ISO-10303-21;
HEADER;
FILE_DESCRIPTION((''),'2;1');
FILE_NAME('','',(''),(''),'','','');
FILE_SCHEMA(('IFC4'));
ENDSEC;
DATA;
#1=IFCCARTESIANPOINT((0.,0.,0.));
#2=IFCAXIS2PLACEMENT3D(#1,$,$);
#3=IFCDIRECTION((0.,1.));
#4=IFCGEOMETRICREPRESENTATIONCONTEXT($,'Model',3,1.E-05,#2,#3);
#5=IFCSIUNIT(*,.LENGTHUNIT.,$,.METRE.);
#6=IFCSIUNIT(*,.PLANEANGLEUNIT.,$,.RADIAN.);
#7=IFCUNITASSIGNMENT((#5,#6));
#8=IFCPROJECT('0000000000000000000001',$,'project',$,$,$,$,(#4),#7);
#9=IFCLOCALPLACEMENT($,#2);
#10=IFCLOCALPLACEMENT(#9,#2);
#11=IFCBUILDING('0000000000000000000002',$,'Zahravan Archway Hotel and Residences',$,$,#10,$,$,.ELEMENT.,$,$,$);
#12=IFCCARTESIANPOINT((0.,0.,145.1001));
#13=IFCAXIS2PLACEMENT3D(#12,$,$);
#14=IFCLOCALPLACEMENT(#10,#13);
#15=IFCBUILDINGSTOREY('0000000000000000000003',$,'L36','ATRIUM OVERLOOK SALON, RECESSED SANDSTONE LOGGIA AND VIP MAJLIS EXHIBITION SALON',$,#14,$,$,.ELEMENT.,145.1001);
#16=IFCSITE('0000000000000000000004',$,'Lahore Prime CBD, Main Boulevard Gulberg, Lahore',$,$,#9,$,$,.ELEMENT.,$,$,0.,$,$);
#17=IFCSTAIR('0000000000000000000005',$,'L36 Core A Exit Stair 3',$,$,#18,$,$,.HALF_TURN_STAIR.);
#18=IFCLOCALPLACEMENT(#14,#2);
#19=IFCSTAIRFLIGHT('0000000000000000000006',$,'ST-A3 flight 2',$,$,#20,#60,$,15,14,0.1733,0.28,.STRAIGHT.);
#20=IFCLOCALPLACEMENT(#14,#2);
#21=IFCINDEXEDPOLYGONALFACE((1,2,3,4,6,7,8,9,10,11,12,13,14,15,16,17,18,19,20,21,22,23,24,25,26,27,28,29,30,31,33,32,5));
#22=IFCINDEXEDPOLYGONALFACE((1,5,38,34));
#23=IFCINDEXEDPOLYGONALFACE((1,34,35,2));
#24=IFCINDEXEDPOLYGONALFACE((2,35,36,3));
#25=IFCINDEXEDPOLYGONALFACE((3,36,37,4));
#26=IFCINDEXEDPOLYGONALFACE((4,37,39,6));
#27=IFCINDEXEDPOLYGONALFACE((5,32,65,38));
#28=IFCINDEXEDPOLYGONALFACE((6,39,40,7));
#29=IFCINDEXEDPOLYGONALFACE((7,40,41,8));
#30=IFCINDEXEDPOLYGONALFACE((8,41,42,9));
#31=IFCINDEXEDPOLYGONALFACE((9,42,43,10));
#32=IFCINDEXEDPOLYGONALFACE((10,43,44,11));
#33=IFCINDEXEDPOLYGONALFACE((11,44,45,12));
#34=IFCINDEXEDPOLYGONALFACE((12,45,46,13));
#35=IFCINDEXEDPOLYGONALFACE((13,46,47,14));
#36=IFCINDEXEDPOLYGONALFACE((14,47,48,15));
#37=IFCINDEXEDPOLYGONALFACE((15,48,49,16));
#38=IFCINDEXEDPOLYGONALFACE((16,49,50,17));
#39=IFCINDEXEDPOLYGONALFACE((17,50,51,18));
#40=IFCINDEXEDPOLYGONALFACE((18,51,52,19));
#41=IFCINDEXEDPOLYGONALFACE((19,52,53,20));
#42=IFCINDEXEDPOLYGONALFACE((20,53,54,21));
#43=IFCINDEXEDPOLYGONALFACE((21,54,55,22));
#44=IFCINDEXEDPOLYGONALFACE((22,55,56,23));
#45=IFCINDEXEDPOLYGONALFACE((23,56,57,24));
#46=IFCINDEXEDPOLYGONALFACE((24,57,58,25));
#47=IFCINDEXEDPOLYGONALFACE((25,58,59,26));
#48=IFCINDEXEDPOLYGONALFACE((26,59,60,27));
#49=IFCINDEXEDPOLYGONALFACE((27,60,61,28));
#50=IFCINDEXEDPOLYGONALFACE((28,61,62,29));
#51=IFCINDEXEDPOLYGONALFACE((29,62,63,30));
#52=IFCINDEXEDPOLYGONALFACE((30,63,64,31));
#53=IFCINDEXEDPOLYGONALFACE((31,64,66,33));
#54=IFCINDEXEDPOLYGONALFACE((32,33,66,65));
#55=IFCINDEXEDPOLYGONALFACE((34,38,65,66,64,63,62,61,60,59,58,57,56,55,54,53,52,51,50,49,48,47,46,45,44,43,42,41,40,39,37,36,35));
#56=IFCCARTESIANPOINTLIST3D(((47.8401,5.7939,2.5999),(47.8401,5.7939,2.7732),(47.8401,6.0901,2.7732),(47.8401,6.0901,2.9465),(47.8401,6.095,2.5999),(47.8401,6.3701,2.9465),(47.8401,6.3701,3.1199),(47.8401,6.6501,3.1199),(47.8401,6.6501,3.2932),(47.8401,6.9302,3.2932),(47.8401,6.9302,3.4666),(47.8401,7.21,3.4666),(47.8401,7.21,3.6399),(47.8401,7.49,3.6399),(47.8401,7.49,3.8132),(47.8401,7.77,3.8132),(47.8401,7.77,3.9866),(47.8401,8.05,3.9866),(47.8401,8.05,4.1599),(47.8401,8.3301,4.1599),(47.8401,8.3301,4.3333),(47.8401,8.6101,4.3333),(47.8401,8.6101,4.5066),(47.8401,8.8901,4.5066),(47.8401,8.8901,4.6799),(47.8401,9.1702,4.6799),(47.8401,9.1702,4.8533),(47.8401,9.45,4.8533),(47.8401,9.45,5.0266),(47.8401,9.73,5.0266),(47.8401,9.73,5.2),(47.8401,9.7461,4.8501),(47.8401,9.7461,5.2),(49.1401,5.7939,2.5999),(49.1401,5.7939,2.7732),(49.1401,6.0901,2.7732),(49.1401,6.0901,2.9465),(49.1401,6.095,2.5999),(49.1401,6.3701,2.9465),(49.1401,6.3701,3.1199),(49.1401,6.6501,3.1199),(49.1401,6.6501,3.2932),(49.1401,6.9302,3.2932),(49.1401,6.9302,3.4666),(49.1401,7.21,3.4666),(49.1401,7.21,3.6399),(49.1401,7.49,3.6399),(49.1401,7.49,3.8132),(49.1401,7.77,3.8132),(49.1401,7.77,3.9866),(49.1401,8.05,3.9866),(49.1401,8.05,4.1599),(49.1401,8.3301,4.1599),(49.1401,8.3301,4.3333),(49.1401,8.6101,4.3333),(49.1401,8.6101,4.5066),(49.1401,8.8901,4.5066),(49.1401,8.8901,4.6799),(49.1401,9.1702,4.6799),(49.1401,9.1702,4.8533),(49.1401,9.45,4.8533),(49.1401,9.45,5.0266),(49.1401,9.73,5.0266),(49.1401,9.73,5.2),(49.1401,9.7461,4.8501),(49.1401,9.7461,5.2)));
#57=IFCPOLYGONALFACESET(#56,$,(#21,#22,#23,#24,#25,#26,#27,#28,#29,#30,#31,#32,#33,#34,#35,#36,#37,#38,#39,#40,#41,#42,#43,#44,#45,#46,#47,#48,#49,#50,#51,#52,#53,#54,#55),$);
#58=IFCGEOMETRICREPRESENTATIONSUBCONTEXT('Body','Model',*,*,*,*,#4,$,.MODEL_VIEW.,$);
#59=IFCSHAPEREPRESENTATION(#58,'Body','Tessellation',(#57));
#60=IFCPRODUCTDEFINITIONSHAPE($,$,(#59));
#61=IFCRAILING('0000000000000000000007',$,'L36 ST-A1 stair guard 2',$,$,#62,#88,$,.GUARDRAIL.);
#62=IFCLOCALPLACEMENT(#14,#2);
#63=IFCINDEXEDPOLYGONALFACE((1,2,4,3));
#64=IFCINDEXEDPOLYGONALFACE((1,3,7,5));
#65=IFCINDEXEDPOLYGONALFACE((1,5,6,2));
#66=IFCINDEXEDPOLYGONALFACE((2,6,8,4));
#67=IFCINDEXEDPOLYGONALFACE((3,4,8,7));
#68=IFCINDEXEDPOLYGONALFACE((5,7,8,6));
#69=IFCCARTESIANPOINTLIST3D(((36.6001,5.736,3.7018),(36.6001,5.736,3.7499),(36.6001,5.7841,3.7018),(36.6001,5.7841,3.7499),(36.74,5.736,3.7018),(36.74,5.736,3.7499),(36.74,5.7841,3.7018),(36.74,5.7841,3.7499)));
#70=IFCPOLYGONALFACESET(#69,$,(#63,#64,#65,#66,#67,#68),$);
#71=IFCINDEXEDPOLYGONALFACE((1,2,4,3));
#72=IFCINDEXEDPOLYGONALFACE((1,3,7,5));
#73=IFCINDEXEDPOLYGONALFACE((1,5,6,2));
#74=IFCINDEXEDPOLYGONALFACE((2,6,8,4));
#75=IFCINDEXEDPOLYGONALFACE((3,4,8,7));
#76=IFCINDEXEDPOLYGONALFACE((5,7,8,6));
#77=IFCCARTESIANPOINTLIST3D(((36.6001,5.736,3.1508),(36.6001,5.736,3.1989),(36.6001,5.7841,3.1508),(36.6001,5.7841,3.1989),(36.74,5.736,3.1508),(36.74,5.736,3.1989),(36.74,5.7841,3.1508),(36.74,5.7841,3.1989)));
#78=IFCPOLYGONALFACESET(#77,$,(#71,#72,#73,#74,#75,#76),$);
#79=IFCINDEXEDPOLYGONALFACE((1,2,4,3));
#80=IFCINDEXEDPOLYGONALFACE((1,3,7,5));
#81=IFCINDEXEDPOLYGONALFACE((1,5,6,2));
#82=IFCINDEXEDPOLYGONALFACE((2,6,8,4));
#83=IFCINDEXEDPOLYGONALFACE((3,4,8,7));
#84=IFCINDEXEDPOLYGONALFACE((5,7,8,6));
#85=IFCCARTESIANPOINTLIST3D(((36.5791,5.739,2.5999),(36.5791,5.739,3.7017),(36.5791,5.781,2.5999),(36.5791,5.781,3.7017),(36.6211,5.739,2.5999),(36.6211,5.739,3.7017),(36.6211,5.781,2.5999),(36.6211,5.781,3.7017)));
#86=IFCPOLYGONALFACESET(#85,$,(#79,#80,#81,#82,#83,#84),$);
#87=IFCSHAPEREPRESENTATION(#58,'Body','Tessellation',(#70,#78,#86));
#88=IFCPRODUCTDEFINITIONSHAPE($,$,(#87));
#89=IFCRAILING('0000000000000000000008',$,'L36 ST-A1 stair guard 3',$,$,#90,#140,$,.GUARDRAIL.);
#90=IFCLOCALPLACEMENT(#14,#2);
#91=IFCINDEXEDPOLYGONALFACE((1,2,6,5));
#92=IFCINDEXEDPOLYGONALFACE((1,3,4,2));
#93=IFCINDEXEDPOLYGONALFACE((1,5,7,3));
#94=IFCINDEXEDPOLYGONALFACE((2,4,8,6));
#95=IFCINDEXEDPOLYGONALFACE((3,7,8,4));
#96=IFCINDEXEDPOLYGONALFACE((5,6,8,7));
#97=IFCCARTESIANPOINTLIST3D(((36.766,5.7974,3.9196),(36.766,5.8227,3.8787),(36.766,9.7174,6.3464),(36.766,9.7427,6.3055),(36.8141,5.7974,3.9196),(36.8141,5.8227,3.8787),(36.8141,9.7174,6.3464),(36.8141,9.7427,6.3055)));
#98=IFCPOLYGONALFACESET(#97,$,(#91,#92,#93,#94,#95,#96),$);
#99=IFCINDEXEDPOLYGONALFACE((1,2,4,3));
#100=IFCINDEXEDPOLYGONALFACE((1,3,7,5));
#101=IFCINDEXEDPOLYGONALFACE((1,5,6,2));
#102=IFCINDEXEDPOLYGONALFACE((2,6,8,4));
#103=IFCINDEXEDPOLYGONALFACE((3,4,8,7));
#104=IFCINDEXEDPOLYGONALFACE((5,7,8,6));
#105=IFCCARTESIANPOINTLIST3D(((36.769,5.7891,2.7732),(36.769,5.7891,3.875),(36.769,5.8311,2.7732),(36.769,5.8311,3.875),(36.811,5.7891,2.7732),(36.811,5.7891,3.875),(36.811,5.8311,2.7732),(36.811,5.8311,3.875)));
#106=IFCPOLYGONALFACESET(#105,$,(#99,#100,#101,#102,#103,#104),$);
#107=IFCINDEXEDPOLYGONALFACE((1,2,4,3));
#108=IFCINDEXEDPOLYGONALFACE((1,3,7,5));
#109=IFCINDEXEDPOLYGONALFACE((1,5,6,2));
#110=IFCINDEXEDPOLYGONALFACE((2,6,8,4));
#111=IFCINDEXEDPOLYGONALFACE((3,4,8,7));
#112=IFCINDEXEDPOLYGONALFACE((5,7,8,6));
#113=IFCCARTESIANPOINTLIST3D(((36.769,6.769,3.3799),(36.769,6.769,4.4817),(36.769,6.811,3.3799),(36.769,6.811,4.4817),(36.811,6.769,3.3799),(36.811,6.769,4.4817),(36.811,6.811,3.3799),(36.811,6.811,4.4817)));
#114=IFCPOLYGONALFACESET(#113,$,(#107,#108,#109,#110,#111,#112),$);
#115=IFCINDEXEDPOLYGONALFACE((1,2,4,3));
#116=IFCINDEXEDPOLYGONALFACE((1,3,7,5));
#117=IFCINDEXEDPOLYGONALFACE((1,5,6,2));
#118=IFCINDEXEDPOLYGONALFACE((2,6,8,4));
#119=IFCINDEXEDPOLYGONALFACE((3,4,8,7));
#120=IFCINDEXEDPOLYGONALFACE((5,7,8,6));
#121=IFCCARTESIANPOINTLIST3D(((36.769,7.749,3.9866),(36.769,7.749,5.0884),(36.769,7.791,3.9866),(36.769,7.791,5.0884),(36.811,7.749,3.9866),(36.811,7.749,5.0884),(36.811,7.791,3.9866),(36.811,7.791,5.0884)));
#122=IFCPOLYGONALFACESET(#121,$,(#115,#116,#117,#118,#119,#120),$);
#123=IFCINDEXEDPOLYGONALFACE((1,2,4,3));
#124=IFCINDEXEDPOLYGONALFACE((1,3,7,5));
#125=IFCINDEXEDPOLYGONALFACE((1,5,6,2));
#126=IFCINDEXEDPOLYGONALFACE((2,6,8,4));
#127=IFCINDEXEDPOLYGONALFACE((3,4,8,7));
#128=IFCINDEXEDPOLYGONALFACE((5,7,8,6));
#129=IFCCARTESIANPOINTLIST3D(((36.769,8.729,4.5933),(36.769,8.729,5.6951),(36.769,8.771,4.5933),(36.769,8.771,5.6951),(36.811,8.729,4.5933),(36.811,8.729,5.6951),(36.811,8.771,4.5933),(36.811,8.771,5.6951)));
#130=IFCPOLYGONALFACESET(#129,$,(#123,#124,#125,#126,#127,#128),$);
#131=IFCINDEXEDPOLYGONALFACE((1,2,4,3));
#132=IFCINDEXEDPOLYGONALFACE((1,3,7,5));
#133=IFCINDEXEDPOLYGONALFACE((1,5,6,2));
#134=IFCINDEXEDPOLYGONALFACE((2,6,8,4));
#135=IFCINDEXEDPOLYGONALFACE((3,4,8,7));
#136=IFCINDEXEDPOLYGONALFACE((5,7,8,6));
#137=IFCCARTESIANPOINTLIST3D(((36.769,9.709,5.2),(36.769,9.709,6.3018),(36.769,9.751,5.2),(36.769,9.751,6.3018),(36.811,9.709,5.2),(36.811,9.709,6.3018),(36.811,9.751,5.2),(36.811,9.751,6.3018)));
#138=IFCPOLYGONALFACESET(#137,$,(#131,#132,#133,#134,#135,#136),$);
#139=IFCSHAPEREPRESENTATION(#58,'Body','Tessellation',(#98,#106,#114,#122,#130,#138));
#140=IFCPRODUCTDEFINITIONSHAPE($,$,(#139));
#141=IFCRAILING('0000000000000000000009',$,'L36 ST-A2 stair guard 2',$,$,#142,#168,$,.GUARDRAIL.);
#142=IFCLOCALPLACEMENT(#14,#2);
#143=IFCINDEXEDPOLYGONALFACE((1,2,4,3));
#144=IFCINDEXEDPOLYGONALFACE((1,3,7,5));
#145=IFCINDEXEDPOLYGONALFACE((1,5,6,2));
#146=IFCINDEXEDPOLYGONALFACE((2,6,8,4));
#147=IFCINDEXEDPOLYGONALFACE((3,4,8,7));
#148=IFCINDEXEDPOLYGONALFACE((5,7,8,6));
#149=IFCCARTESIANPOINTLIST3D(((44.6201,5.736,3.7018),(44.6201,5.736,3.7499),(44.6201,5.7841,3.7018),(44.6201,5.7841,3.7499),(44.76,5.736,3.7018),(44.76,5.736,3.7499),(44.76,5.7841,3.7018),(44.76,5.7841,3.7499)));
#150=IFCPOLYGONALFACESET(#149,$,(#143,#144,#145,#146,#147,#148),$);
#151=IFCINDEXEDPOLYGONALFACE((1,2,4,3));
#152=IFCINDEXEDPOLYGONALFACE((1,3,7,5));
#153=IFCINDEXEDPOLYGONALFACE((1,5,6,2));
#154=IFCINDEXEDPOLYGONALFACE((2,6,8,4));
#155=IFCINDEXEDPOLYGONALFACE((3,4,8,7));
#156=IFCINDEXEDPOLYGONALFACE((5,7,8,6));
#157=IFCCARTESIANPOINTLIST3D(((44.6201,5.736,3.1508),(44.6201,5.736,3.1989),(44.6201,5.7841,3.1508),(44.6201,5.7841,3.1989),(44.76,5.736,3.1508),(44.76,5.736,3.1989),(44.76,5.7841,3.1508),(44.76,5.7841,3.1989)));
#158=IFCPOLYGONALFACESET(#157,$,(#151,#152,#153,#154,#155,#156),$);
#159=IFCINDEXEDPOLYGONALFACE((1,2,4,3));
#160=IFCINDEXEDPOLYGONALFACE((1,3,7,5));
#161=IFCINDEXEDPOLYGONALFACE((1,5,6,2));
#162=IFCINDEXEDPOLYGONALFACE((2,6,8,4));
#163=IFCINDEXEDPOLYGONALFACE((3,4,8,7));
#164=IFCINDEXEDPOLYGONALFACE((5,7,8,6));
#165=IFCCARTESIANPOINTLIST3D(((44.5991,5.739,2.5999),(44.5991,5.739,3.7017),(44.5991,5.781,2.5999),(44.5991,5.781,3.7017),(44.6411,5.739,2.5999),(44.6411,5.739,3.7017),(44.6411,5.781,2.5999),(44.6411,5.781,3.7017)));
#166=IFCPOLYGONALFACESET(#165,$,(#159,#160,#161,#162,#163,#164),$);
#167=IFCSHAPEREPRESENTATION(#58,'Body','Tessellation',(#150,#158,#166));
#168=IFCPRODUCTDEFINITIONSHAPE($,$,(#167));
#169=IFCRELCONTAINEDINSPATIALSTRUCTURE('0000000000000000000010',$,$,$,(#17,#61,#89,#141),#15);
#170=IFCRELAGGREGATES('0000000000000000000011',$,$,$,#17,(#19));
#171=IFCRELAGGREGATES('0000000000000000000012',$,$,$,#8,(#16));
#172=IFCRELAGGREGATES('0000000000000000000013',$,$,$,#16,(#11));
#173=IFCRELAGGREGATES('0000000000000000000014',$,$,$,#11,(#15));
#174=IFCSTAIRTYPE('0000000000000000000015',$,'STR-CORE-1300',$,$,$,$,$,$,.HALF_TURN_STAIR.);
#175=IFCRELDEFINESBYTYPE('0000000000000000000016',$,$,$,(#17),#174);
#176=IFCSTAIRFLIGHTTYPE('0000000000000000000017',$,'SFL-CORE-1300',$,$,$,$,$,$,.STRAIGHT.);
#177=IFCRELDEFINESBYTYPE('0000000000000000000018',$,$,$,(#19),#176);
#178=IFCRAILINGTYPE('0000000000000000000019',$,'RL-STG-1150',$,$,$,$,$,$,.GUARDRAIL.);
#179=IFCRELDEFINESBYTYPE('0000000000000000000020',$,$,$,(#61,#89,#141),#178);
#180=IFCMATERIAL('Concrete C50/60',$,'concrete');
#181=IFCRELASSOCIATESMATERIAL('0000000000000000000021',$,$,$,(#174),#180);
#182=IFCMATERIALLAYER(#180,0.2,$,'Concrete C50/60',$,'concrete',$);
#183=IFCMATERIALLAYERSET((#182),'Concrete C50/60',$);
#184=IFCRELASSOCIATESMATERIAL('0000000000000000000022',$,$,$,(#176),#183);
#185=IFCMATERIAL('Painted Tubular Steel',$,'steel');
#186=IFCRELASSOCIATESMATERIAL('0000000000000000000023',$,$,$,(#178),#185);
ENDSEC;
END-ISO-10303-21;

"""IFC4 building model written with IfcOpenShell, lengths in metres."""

from ifc_helpers import new_model, si_unit, direction, frame, origin, origin_2d, place, context, subcontext, project, spatial, polyline, rectangle, outline, extrude, source, transform, mapped, material, layer, layer_set, type_object, element, aggregate, save


model = new_model("IFC4")

# Units and contexts
model_context = context("Model", 3, precision=1e-05, world=origin(), true_north=direction((0.0, 1.0)))
body_context = subcontext(model_context, "Body", "Model", "MODEL_VIEW")
ifc_project = project(units=[si_unit("LENGTHUNIT", "METRE"), si_unit("PLANEANGLEUNIT", "RADIAN")], contexts=[model_context])

# Site, building, storey
site_placement = place(None, origin())
site = spatial("IfcSite", under=ifc_project, at=site_placement, Name="Lahore Prime CBD, Main Boulevard Gulberg, Lahore", CompositionType="ELEMENT", RefElevation=0.0)
building_placement = place(site_placement, origin())
building = spatial("IfcBuilding", under=site, at=building_placement, Name="Zahravan Archway Hotel and Residences", CompositionType="ELEMENT")
storey_placement = place(building_placement, frame((0.0, 0.0, 145.1001)))
storey = spatial("IfcBuildingStorey", under=building, at=storey_placement, Name="L36", Description="ATRIUM OVERLOOK SALON, RECESSED SANDSTONE LOGGIA AND VIP MAJLIS EXHIBITION SALON", CompositionType="ELEMENT", Elevation=145.1001)

# Shared definitions
ifc_material_1 = material(Name="Concrete C50/60", Category="concrete")

# Stair, stair flight
stair_type = type_object("IfcStairType", Name="STR-CORE-1300", PredefinedType="HALF_TURN_STAIR", material=ifc_material_1)
ifc_layer_1 = layer(ifc_material_1, 0.2, Name="Concrete C50/60", Category="concrete")
ifc_layer_set_1 = layer_set([ifc_layer_1], Name="Concrete C50/60")
stair_flight_type = type_object("IfcStairFlightType", Name="SFL-CORE-1300", PredefinedType="STRAIGHT", material=ifc_layer_set_1)
shared_shape_1 = source(origin(), body_context, "Body", "SweptSolid", [
    extrude(outline(polyline([(-0.0161, 0.0), (-0.0161, 0.1733), (0.28, 0.1733), (0.28, 0.3467), (0.5601, 0.3467), (0.5601, 0.52), (0.8401, 0.52), (0.8401, 0.6934), (1.1201, 0.6934), (1.1201, 0.8667), (1.3999, 0.8667), (1.3999, 1.04), (1.6799, 1.04), (1.6799, 1.2134), (1.96, 1.2134), (1.96, 1.3867), (2.24, 1.3867), (2.24, 1.5601), (2.52, 1.5601), (2.52, 1.7334), (2.8, 1.7334), (2.8, 1.9067), (3.0801, 1.9067), (3.0801, 2.0801), (3.3601, 2.0801), (3.3601, 2.2534), (3.6399, 2.2534), (3.6399, 2.4268), (3.9199, 2.4268), (3.9199, 2.6001), (3.936, 2.6001), (3.936, 2.2502), (0.2849, 0.0), (-0.0161, 0.0)])), frame((0.0, 0.6499, 0.0), z_axis=(0.0, -1.0, 0.0), x_axis=(1.0, 0.0, 0.0)), (0.0, 0.0, 1.0), 1.3),
])
stair_1_placement = place(storey_placement, origin())
stair_1 = element("IfcStair", 1, at=stair_1_placement, inside=storey, type_object=stair_type, Name="L36 Core A Exit Stair 3", PredefinedType="HALF_TURN_STAIR")
stair_flight_1_placement = place(storey_placement, frame((48.49, 5.8101, 2.5999), z_axis=(0.0, 0.0, 1.0), x_axis=(0.0, 1.0, 0.0)))
stair_flight_1 = element("IfcStairFlight", 2, at=stair_flight_1_placement, type_object=stair_flight_type, Name="ST-A3 flight 2", NumberOfRisers=15, NumberOfTreads=14, PredefinedType="STRAIGHT", RiserHeight=0.1733, TreadLength=0.28, context=body_context, shape_type="MappedRepresentation", body=[
    mapped(shared_shape_1, transform((0.0, 0.0, 0.0), scale=1.0)),
])
aggregate(stair_1, [stair_flight_1])

# Railings
ifc_material_2 = material(Name="Painted Tubular Steel", Category="steel")
railing_type_1 = type_object("IfcRailingType", Name="RL-STG-1150", PredefinedType="GUARDRAIL", material=ifc_material_2)
railing_1_placement = place(storey_placement, frame((36.6001, 5.76, 2.5999)))
element("IfcRailing", 3, at=railing_1_placement, inside=storey, type_object=railing_type_1, Name="L36 ST-A1 stair guard 2", PredefinedType="GUARDRAIL", context=body_context, shape_type="SweptSolid", body=[
    extrude(rectangle(XDim=0.0481, YDim=0.0481, at=origin_2d()), frame((0.0, 0.0, 1.126), z_axis=(1.0, 0.0, 0.0), x_axis=(0.0, 1.0, 0.0)), (0.0, 0.0, 1.0), 0.1399),
    extrude(rectangle(XDim=0.0481, YDim=0.0481, at=origin_2d()), frame((0.0, 0.0, 0.575), z_axis=(1.0, 0.0, 0.0), x_axis=(0.0, 1.0, 0.0)), (0.0, 0.0, 1.0), 0.1399),
    extrude(rectangle(XDim=0.042, YDim=0.042, at=origin_2d()), origin(), (0.0, 0.0, 1.0), 1.1018),
])
railing_2_placement = place(storey_placement, frame((36.79, 5.8101, 2.7732)))
element("IfcRailing", 4, at=railing_2_placement, inside=storey, type_object=railing_type_1, Name="L36 ST-A1 stair guard 3", PredefinedType="GUARDRAIL", context=body_context, shape_type="SweptSolid", body=[
    extrude(rectangle(XDim=0.0481, YDim=0.0481, at=origin_2d()), frame((0.0, 0.0, 1.126), z_axis=(0.0, 0.850252, 0.526376), x_axis=(-1.0, 0.0, 0.0)), (0.0, 0.0, 1.0), 4.6104),
    extrude(rectangle(XDim=0.042, YDim=0.042, at=origin_2d()), origin(), (0.0, 0.0, 1.0), 1.1018),
    extrude(rectangle(XDim=0.042, YDim=0.042, at=origin_2d()), frame((0.0, 0.98, 0.6067)), (0.0, 0.0, 1.0), 1.1018),
    extrude(rectangle(XDim=0.042, YDim=0.042, at=origin_2d()), frame((0.0, 1.96, 1.2134)), (0.0, 0.0, 1.0), 1.1018),
    extrude(rectangle(XDim=0.042, YDim=0.042, at=origin_2d()), frame((0.0, 2.9399, 1.8201)), (0.0, 0.0, 1.0), 1.1018),
    extrude(rectangle(XDim=0.042, YDim=0.042, at=origin_2d()), frame((0.0, 3.9199, 2.4268)), (0.0, 0.0, 1.0), 1.1018),
])
railing_3_placement = place(storey_placement, frame((44.6201, 5.76, 2.5999)))
element("IfcRailing", 5, at=railing_3_placement, inside=storey, type_object=railing_type_1, Name="L36 ST-A2 stair guard 2", PredefinedType="GUARDRAIL", context=body_context, shape_type="SweptSolid", body=[
    extrude(rectangle(XDim=0.0481, YDim=0.0481, at=origin_2d()), frame((0.0, 0.0, 1.126), z_axis=(1.0, 0.0, 0.0), x_axis=(0.0, 1.0, 0.0)), (0.0, 0.0, 1.0), 0.1399),
    extrude(rectangle(XDim=0.0481, YDim=0.0481, at=origin_2d()), frame((0.0, 0.0, 0.575), z_axis=(1.0, 0.0, 0.0), x_axis=(0.0, 1.0, 0.0)), (0.0, 0.0, 1.0), 0.1399),
    extrude(rectangle(XDim=0.042, YDim=0.042, at=origin_2d()), origin(), (0.0, 0.0, 1.0), 1.1018),
])

save(model, "model.ifc")
